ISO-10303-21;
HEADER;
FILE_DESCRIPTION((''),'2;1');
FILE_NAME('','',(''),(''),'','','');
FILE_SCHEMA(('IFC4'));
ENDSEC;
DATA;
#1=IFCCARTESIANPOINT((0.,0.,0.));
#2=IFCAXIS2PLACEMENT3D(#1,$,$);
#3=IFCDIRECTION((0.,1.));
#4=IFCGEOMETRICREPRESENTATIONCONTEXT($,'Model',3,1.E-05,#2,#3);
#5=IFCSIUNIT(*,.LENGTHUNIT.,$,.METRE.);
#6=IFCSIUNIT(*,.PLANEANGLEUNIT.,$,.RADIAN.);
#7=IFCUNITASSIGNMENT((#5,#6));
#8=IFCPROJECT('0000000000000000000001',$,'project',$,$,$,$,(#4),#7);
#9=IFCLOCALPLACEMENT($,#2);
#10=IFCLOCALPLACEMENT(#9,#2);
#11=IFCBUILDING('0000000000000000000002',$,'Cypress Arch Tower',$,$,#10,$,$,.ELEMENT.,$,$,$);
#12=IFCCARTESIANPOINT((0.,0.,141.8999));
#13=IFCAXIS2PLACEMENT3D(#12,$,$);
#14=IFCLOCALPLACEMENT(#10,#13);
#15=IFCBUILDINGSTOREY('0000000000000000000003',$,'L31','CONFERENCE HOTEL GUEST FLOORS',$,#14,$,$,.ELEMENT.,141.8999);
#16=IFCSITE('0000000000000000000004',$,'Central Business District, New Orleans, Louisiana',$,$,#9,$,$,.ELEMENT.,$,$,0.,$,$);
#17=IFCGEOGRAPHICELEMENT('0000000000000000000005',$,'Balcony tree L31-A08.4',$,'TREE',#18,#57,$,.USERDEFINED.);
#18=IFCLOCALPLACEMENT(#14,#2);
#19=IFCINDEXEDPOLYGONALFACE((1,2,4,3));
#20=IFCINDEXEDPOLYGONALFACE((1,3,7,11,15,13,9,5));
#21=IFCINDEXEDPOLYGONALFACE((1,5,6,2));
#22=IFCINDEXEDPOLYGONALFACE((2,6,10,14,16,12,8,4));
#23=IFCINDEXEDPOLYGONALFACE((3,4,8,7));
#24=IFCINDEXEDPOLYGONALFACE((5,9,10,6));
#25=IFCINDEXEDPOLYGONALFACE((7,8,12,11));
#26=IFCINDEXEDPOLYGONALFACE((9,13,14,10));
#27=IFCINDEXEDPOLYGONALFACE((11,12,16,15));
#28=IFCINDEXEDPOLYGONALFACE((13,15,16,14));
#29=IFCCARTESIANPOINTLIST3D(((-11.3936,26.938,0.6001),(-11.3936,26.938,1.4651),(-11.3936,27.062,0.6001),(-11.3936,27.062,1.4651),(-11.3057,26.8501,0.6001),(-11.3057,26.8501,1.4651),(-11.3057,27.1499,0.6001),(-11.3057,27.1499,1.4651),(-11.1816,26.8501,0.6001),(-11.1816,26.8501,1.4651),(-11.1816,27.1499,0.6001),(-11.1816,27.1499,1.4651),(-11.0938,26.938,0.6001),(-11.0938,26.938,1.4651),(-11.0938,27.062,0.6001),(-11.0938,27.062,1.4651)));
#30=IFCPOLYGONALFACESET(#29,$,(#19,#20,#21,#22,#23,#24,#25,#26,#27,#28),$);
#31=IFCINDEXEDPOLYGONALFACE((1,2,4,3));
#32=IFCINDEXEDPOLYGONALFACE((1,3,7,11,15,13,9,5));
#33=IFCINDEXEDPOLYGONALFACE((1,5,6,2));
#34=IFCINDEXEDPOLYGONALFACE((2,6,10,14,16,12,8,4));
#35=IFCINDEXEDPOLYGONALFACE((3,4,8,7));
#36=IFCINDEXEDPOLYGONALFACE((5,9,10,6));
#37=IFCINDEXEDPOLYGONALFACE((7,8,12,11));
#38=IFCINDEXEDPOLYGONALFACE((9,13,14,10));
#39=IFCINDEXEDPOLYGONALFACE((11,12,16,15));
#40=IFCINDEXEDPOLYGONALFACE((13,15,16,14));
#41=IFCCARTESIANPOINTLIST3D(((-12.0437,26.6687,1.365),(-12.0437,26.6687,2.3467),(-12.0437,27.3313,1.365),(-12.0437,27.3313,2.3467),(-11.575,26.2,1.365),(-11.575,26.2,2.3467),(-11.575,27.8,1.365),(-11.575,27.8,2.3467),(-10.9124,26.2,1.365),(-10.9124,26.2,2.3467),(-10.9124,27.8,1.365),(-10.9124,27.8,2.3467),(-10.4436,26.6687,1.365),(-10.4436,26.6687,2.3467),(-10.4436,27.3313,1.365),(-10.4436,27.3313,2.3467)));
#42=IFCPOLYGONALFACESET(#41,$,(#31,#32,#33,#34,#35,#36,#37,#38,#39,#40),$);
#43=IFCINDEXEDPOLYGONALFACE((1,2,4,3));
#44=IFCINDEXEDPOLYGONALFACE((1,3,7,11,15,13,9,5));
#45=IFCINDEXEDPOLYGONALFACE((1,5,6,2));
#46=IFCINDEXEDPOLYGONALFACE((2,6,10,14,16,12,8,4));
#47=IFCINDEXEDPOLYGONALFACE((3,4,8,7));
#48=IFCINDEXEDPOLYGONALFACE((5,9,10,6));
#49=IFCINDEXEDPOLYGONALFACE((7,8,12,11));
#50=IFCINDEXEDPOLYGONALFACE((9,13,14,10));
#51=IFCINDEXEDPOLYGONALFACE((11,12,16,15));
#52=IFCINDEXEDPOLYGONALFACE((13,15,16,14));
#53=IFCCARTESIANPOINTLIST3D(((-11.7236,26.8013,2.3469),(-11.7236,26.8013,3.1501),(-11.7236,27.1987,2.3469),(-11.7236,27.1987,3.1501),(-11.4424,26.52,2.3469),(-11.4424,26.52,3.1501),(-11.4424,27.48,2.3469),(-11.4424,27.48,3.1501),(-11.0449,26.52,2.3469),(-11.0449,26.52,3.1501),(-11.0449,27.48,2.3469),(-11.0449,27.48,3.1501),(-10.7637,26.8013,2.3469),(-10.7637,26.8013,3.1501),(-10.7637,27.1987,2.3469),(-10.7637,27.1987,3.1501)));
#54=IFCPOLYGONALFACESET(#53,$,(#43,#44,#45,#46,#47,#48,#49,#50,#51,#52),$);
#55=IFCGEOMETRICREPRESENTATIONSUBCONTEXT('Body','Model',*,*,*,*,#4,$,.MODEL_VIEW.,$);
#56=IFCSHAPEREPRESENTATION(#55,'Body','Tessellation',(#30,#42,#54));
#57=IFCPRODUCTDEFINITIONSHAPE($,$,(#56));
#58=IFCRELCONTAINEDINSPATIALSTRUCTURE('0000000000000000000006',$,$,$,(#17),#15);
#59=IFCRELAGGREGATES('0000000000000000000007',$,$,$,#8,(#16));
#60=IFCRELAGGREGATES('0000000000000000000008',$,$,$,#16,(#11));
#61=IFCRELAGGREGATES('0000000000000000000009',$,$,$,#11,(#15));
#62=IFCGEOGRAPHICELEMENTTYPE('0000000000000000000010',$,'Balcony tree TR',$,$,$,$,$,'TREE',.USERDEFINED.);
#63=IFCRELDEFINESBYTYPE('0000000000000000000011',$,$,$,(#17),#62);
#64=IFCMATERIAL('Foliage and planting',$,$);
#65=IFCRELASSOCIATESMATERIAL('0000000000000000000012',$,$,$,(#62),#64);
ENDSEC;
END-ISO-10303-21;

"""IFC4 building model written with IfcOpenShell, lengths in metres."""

from ifc_helpers import new_model, si_unit, direction, frame, origin, place, context, subcontext, project, spatial, polyline, outline, extrude, material, type_object, element, save


model = new_model("IFC4")

# Units and contexts
model_context = context("Model", 3, precision=1e-05, world=origin(), true_north=direction((0.0, 1.0)))
body_context = subcontext(model_context, "Body", "Model", "MODEL_VIEW")
ifc_project = project(units=[si_unit("LENGTHUNIT", "METRE"), si_unit("PLANEANGLEUNIT", "RADIAN")], contexts=[model_context])

# Site, building, storey
site_placement = place(None, origin())
site = spatial("IfcSite", under=ifc_project, at=site_placement, Name="Central Business District, New Orleans, Louisiana", CompositionType="ELEMENT", RefElevation=0.0)
building_placement = place(site_placement, origin())
building = spatial("IfcBuilding", under=site, at=building_placement, Name="Cypress Arch Tower", CompositionType="ELEMENT")
storey_placement = place(building_placement, frame((0.0, 0.0, 141.8999)))
storey = spatial("IfcBuildingStorey", under=building, at=storey_placement, Name="L31", Description="CONFERENCE HOTEL GUEST FLOORS", CompositionType="ELEMENT", Elevation=141.8999)

# Geographic element
ifc_material_1 = material(Name="Foliage and planting")
geographic_element_type = type_object("IfcGeographicElementType", Name="Balcony tree TR", ElementType="TREE", PredefinedType="USERDEFINED", material=ifc_material_1)
geographic_element_placement = place(storey_placement, frame((-11.2437, 27.0, 0.6001), z_axis=(0.0, 0.0, 1.0), x_axis=(1.0, 0.0, 0.0)))
element("IfcGeographicElement", 1, at=geographic_element_placement, inside=storey, type_object=geographic_element_type, Name="Balcony tree L31-A08.4", ObjectType="TREE", PredefinedType="USERDEFINED", context=body_context, shape_type="SweptSolid", body=[
    extrude(outline(polyline([(0.1499, 0.062), (0.062, 0.1499), (-0.062, 0.1499), (-0.1499, 0.062), (-0.1499, -0.062), (-0.062, -0.1499), (0.062, -0.1499), (0.1499, -0.062), (0.1499, 0.062)])), origin(), (0.0, 0.0, 1.0), 0.865),
    extrude(outline(polyline([(0.8, 0.3313), (0.3313, 0.8), (-0.3313, 0.8), (-0.8, 0.3313), (-0.8, -0.3313), (-0.3313, -0.8), (0.3313, -0.8), (0.8, -0.3313), (0.8, 0.3313)])), frame((0.0, 0.0, 0.7649)), (0.0, 0.0, 1.0), 0.9817),
    extrude(outline(polyline([(0.48, 0.1987), (0.1987, 0.48), (-0.1987, 0.48), (-0.48, 0.1987), (-0.48, -0.1987), (-0.1987, -0.48), (0.1987, -0.48), (0.48, -0.1987), (0.48, 0.1987)])), frame((0.0, 0.0, 1.7468)), (0.0, 0.0, 1.0), 0.8032),
])

save(model, "model.ifc")
